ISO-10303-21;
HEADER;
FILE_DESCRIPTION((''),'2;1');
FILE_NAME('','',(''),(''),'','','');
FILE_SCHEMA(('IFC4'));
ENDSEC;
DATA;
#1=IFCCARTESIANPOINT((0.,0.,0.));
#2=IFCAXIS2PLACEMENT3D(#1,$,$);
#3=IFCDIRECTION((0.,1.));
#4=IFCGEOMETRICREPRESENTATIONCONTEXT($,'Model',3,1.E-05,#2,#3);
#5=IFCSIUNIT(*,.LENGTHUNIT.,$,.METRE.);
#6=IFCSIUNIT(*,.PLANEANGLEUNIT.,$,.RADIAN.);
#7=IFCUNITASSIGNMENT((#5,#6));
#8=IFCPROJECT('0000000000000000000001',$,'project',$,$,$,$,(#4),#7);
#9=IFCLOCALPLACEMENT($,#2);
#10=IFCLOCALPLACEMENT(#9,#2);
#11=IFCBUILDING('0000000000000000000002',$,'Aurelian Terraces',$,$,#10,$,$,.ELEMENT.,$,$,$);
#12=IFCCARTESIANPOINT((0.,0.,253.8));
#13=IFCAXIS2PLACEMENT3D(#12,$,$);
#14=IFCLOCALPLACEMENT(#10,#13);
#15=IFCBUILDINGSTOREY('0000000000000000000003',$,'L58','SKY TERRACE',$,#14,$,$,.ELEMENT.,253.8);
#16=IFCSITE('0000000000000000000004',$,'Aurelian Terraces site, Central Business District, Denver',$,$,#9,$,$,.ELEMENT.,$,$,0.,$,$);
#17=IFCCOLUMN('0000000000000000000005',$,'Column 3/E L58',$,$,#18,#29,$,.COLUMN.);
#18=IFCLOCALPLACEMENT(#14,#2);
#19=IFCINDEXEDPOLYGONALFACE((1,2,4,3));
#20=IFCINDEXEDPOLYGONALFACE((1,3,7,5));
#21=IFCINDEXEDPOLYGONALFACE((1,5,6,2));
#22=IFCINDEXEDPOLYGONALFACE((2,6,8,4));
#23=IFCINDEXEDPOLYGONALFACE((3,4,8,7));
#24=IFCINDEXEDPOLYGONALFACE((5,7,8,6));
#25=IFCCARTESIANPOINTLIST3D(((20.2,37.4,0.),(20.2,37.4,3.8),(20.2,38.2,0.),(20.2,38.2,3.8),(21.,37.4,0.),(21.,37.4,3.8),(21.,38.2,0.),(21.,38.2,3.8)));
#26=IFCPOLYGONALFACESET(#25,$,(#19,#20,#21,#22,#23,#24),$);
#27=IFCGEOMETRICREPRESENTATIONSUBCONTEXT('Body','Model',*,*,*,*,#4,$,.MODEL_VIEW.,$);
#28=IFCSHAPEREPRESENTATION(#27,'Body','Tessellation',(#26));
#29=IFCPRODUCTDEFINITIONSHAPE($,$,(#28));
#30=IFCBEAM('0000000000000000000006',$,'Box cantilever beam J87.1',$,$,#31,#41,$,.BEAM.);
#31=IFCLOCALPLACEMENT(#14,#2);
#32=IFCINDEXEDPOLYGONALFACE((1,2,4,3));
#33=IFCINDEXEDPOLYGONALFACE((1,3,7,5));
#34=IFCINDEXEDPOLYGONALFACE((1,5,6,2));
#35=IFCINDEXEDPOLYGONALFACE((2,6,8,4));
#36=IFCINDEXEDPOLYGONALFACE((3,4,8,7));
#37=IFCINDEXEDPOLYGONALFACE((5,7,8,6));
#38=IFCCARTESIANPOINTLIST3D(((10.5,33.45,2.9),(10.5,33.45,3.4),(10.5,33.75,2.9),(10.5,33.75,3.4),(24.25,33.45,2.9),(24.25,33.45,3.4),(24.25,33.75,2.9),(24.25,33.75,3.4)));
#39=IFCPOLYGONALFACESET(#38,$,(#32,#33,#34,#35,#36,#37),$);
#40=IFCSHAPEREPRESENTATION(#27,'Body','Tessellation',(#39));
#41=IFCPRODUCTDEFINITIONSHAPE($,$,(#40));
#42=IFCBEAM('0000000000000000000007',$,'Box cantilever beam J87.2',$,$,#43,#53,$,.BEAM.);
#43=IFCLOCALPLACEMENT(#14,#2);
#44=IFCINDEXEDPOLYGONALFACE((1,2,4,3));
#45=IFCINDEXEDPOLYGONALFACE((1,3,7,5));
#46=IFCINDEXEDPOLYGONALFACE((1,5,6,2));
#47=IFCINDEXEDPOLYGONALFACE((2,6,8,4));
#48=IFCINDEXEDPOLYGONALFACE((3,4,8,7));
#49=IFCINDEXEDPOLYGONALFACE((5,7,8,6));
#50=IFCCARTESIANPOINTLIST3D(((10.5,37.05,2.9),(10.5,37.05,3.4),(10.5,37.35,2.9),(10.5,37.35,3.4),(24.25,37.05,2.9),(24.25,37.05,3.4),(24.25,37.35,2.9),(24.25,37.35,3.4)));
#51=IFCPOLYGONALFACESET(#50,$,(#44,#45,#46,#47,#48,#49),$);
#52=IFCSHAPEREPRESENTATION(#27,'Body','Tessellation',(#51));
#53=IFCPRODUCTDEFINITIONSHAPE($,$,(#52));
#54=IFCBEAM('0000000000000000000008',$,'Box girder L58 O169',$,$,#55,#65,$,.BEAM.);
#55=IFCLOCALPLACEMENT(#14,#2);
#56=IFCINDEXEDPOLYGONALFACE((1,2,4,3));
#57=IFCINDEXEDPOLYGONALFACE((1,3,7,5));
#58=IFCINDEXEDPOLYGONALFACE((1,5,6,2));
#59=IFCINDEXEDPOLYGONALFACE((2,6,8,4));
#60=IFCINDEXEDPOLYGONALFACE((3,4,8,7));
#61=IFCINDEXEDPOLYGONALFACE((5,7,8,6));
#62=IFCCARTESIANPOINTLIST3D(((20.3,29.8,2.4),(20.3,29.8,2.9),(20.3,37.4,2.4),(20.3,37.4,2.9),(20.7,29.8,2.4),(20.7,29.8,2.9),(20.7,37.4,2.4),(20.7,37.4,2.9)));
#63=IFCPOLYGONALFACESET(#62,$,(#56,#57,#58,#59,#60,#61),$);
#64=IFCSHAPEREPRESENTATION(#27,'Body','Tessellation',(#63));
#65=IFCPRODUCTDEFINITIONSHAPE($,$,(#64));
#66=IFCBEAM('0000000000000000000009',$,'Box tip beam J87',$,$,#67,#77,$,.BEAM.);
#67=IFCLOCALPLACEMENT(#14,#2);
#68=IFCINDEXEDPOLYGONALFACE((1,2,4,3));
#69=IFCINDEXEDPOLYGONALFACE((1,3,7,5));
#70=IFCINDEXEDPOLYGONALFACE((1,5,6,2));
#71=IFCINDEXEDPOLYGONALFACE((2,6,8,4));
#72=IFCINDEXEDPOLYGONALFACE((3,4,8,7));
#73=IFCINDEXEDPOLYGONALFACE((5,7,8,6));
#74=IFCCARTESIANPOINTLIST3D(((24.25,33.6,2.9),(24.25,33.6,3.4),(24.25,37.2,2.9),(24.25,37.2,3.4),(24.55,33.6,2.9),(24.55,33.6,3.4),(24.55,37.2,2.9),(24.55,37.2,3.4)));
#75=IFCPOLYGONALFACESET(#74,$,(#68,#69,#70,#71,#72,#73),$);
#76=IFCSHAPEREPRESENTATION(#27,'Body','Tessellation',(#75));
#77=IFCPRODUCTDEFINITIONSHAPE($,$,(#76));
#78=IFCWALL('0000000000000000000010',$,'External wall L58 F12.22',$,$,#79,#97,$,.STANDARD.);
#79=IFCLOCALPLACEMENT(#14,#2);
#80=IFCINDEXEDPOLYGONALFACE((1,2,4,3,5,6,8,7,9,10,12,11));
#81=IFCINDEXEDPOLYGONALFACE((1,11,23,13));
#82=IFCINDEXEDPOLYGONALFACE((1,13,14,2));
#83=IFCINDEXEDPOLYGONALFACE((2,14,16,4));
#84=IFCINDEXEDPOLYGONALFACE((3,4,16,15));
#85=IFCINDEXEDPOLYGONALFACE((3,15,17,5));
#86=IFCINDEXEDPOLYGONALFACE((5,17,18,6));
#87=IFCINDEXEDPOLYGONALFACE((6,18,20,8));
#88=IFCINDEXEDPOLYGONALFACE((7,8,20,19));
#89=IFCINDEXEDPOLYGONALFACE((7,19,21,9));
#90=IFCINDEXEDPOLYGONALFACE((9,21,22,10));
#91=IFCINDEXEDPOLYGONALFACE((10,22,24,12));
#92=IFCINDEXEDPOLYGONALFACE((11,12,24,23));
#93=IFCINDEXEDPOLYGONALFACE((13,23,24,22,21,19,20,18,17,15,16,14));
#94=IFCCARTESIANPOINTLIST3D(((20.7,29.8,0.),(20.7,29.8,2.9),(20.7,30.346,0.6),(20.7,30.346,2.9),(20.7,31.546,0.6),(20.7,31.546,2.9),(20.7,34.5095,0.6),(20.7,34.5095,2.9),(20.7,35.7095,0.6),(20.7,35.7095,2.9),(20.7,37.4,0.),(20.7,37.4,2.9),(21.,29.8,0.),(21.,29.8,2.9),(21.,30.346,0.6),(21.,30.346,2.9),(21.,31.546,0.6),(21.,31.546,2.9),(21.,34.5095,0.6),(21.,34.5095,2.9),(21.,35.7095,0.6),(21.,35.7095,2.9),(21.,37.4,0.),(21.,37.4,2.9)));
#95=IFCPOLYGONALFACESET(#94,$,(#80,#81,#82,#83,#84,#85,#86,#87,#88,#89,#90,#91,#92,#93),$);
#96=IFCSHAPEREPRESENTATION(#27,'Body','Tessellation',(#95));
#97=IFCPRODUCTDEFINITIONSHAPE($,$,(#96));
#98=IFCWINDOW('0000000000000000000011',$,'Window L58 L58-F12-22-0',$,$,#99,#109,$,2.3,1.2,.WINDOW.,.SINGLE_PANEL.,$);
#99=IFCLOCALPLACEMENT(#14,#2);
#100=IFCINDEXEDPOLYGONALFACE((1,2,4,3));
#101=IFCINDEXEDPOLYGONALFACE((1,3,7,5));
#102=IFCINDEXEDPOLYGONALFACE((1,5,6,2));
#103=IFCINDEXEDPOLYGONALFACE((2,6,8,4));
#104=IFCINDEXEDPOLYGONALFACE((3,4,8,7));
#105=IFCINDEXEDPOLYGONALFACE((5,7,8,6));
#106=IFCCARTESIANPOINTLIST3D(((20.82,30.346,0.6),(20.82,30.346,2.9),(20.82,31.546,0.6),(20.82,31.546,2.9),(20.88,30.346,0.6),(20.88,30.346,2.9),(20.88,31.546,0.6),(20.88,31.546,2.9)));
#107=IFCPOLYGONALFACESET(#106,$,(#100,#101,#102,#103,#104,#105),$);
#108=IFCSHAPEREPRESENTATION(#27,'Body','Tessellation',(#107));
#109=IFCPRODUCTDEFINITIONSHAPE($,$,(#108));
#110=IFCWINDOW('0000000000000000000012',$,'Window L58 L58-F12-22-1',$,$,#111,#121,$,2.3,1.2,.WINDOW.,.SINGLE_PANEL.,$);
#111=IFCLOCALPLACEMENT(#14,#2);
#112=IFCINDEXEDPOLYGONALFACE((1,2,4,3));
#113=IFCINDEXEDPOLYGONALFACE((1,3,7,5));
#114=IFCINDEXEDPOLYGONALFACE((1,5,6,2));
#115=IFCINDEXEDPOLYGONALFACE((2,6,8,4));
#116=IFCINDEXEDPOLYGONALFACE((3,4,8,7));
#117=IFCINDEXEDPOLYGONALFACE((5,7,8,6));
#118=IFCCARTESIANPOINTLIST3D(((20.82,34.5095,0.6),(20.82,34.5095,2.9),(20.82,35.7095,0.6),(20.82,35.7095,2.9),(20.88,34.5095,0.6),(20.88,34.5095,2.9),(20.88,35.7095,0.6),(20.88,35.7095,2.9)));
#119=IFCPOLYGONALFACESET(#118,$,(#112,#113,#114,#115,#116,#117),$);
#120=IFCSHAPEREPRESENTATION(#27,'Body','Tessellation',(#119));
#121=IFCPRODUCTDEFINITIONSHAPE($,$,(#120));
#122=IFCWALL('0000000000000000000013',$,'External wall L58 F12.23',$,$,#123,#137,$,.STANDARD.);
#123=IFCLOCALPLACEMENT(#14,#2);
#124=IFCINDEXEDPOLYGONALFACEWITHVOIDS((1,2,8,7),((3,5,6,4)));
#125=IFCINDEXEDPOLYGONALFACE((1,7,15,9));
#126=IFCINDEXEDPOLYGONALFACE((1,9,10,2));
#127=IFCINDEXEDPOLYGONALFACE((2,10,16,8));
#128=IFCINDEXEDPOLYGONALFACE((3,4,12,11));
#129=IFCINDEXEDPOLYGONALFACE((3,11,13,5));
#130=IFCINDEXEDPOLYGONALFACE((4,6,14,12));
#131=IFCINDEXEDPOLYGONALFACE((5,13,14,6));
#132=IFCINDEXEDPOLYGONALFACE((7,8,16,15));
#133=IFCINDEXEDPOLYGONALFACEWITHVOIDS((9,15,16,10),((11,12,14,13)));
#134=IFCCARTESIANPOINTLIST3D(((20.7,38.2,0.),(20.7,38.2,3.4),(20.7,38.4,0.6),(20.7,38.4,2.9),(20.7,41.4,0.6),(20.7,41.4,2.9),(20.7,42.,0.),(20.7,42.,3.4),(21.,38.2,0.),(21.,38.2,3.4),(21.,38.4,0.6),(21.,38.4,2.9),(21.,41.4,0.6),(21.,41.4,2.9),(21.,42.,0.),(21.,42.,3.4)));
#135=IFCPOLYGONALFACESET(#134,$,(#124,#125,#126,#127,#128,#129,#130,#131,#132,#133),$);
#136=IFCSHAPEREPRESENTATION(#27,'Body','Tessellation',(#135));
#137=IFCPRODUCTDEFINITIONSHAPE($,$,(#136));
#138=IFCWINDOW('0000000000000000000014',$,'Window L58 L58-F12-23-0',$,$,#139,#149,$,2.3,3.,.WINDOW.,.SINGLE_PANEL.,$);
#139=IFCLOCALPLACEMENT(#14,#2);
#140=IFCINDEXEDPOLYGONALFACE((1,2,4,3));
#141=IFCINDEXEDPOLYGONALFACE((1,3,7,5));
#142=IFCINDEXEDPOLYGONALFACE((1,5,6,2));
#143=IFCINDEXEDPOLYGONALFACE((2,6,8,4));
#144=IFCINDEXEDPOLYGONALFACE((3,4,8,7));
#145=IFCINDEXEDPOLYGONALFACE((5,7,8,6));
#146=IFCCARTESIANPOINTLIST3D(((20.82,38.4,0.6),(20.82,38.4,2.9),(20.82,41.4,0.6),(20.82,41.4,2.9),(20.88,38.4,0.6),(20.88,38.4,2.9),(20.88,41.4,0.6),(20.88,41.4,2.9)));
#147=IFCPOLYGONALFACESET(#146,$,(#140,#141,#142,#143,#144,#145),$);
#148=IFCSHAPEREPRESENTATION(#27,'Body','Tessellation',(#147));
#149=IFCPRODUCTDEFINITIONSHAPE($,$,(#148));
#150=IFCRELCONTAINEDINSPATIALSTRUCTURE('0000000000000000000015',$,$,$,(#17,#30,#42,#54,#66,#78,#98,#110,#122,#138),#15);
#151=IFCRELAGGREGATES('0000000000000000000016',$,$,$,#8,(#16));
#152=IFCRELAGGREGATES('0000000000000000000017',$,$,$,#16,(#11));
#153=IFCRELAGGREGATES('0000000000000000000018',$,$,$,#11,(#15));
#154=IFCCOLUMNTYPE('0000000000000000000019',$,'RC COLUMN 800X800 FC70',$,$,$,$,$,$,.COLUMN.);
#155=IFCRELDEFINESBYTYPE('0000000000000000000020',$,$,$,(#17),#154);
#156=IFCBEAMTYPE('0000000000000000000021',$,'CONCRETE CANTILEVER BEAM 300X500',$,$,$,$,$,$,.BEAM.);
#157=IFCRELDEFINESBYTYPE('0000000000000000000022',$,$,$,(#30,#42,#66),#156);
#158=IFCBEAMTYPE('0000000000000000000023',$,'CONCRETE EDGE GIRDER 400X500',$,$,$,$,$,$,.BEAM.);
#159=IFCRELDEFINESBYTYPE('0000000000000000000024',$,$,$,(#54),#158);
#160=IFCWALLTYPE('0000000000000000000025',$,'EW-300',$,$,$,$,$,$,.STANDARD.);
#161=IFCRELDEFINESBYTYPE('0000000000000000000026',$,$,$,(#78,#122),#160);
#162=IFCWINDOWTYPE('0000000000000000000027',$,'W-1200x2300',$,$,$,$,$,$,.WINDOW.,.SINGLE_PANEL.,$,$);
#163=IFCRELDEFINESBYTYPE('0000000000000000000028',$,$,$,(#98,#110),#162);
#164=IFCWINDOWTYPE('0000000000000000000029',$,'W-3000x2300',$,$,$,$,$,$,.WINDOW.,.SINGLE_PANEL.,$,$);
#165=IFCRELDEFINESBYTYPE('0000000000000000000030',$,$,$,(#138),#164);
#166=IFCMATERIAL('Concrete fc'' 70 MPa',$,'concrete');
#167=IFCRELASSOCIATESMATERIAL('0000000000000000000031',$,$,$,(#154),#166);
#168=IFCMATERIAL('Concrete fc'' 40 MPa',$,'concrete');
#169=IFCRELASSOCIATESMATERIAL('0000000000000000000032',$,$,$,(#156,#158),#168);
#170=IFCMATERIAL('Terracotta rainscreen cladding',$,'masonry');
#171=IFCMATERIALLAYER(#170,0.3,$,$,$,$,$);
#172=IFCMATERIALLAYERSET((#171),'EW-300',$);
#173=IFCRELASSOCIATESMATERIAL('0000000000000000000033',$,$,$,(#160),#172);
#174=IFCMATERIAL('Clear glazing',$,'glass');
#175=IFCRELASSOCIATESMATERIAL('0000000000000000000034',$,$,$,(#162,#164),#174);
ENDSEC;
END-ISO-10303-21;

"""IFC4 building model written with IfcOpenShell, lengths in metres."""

from ifc_helpers import new_model, si_unit, direction, frame, frame_2d, origin, origin_2d, place, context, subcontext, project, spatial, rectangle, extrude, source, transform, mapped, material, layer, layer_set, material_profile, profile_set, type_object, element, fill, save


model = new_model("IFC4")

# Units and contexts
model_context = context("Model", 3, precision=1e-05, world=origin(), true_north=direction((0.0, 1.0)))
body_context = subcontext(model_context, "Body", "Model", "MODEL_VIEW")
ifc_project = project(units=[si_unit("LENGTHUNIT", "METRE"), si_unit("PLANEANGLEUNIT", "RADIAN")], contexts=[model_context])

# Site, building, storey
site_placement = place(None, origin())
site = spatial("IfcSite", under=ifc_project, at=site_placement, Name="Aurelian Terraces site, Central Business District, Denver", CompositionType="ELEMENT", RefElevation=0.0)
building_placement = place(site_placement, origin())
building = spatial("IfcBuilding", under=site, at=building_placement, Name="Aurelian Terraces", CompositionType="ELEMENT")
storey_placement = place(building_placement, frame((0.0, 0.0, 253.8)))
storey = spatial("IfcBuildingStorey", under=building, at=storey_placement, Name="L58", Description="SKY TERRACE", CompositionType="ELEMENT", Elevation=253.8)

# Column
ifc_material_1 = material(Name="Concrete fc' 70 MPa", Category="concrete")
ifc_material_profile_1 = material_profile(ifc_material_1, rectangle(XDim=0.8, YDim=0.8, at=origin_2d()))
ifc_profile_set_1 = profile_set([ifc_material_profile_1], Name="Concrete fc' 70 MPa")
column_type = type_object("IfcColumnType", Name="RC COLUMN 800X800 FC70", PredefinedType="COLUMN", material=ifc_profile_set_1)
shared_shape_1 = source(origin(), body_context, "Body", "SweptSolid", [
    extrude(rectangle(XDim=0.8, YDim=0.8, at=origin_2d()), origin(), (0.0, 0.0, 1.0), 3.8),
])
column_placement = place(storey_placement, frame((20.6, 37.8, 0.0), z_axis=(0.0, 0.0, 1.0), x_axis=(1.0, 0.0, 0.0)))
element("IfcColumn", 1, at=column_placement, inside=storey, type_object=column_type, Name="Column 3/E L58", PredefinedType="COLUMN", context=body_context, shape_type="MappedRepresentation", body=[
    mapped(shared_shape_1, transform((0.0, 0.0, 0.0), scale=1.0)),
])

# Beams
ifc_material_2 = material(Name="Concrete fc' 40 MPa", Category="concrete")
ifc_material_profile_2 = material_profile(ifc_material_2, rectangle(XDim=0.3, YDim=0.5, at=origin_2d()))
ifc_profile_set_2 = profile_set([ifc_material_profile_2], Name="Concrete fc' 40 MPa")
beam_type_1 = type_object("IfcBeamType", Name="CONCRETE CANTILEVER BEAM 300X500", PredefinedType="BEAM", material=ifc_profile_set_2)
shared_shape_2 = source(origin(), body_context, "Body", "SweptSolid", [
    extrude(rectangle(XDim=0.3, YDim=0.5, at=origin_2d()), origin(), (0.0, 0.0, 1.0), 13.75),
])
for number, where, z_axis, x_axis, name in (
    (2, (24.25, 33.6, 3.15), (-1.0, 0.0, 0.0), (0.0, -1.0, 0.0), "Box cantilever beam J87.1"),
    (3, (24.25, 37.2, 3.15), (-1.0, 0.0, 0.0), (0.0, -1.0, 0.0), "Box cantilever beam J87.2"),
):
    element("IfcBeam", number, at=place(storey_placement, frame(where, z_axis=z_axis, x_axis=x_axis)), inside=storey, type_object=beam_type_1, Name=name, PredefinedType="BEAM", context=body_context, shape_type="MappedRepresentation", body=[
        mapped(shared_shape_2, transform((0.0, 0.0, 0.0), scale=1.0)),
    ])
ifc_material_profile_3 = material_profile(ifc_material_2, rectangle(XDim=0.4, YDim=0.5, at=origin_2d()))
ifc_profile_set_3 = profile_set([ifc_material_profile_3], Name="Concrete fc' 40 MPa")
beam_type_2 = type_object("IfcBeamType", Name="CONCRETE EDGE GIRDER 400X500", PredefinedType="BEAM", material=ifc_profile_set_3)
shared_shape_3 = source(origin(), body_context, "Body", "SweptSolid", [
    extrude(rectangle(XDim=0.4, YDim=0.5, at=origin_2d()), origin(), (0.0, 0.0, 1.0), 7.6),
])
beam_1_placement = place(storey_placement, frame((20.5, 29.8, 2.65), z_axis=(0.0, 1.0, 0.0), x_axis=(-1.0, 0.0, 0.0)))
element("IfcBeam", 4, at=beam_1_placement, inside=storey, type_object=beam_type_2, Name="Box girder L58 O169", PredefinedType="BEAM", context=body_context, shape_type="MappedRepresentation", body=[
    mapped(shared_shape_3, transform((0.0, 0.0, 0.0), scale=1.0)),
])
shared_shape_4 = source(origin(), body_context, "Body", "SweptSolid", [
    extrude(rectangle(XDim=0.3, YDim=0.5, at=origin_2d()), origin(), (0.0, 0.0, 1.0), 3.6),
])
beam_2_placement = place(storey_placement, frame((24.4, 33.6, 3.15), z_axis=(0.0, 1.0, 0.0), x_axis=(-1.0, 0.0, 0.0)))
element("IfcBeam", 5, at=beam_2_placement, inside=storey, type_object=beam_type_1, Name="Box tip beam J87", PredefinedType="BEAM", context=body_context, shape_type="MappedRepresentation", body=[
    mapped(shared_shape_4, transform((0.0, 0.0, 0.0), scale=1.0)),
])

# Wall, openings, windows
ifc_material_3 = material(Name="Terracotta rainscreen cladding", Category="masonry")
ifc_layer_1 = layer(ifc_material_3, 0.3)
ifc_layer_set_1 = layer_set([ifc_layer_1], Name="EW-300")
wall_type_1 = type_object("IfcWallType", Name="EW-300", PredefinedType="STANDARD", material=ifc_layer_set_1)
shared_shape_5 = source(origin(), body_context, "Body", "SweptSolid", [
    extrude(rectangle(XDim=7.6, YDim=0.3, at=frame_2d((3.8, 0.0))), origin(), (0.0, 0.0, 1.0), 2.9),
])
wall_1_placement = place(storey_placement, frame((20.85, 29.8, 0.0), z_axis=(0.0, 0.0, 1.0), x_axis=(0.0, 1.0, 0.0)))
wall_1 = element("IfcWall", 6, at=wall_1_placement, inside=storey, type_object=wall_type_1, Name="External wall L58 F12.22", PredefinedType="STANDARD", context=body_context, shape_type="MappedRepresentation", body=[
    mapped(shared_shape_5, transform((0.0, 0.0, 0.0), scale=1.0)),
])
shared_shape_6 = source(origin(), body_context, "Body", "SweptSolid", [
    extrude(rectangle(XDim=1.2, YDim=2.3, at=frame_2d((0.6, 1.15))), frame((0.0, 0.16, 0.0), z_axis=(0.0, -1.0, 0.0), x_axis=(1.0, 0.0, 0.0)), (0.0, 0.0, 1.0), 0.32),
])
opening_1_placement = place(wall_1_placement, frame((0.546, 0.0, 0.6)))
opening_1 = element("IfcOpeningElement", 7, at=opening_1_placement, cuts=wall_1, PredefinedType="OPENING", context=body_context, shape_type="MappedRepresentation", body=[
    mapped(shared_shape_6, transform((0.0, 0.0, 0.0), scale=1.0)),
])
opening_2_placement = place(wall_1_placement, frame((4.7095, 0.0, 0.6)))
opening_2 = element("IfcOpeningElement", 8, at=opening_2_placement, cuts=wall_1, PredefinedType="OPENING", context=body_context, shape_type="MappedRepresentation", body=[
    mapped(shared_shape_6, transform((0.0, 0.0, 0.0), scale=1.0)),
])
ifc_material_4 = material(Name="Clear glazing", Category="glass")
window_type_1 = type_object("IfcWindowType", Name="W-1200x2300", PartitioningType="SINGLE_PANEL", PredefinedType="WINDOW", material=ifc_material_4)
shared_shape_7 = source(origin(), body_context, "Body", "SweptSolid", [
    extrude(rectangle(XDim=1.2, YDim=2.3, at=frame_2d((0.6, 1.15))), frame((0.0, 0.03, 0.0), z_axis=(0.0, -1.0, 0.0), x_axis=(1.0, 0.0, 0.0)), (0.0, 0.0, 1.0), 0.06),
])
window_1_placement = place(opening_1_placement, origin())
window_1 = element("IfcWindow", 9, at=window_1_placement, inside=storey, type_object=window_type_1, Name="Window L58 L58-F12-22-0", OverallHeight=2.3, OverallWidth=1.2, PartitioningType="SINGLE_PANEL", PredefinedType="WINDOW", context=body_context, shape_type="MappedRepresentation", body=[
    mapped(shared_shape_7, transform((0.0, 0.0, 0.0), scale=1.0)),
])
fill(opening_1, window_1)
window_2_placement = place(opening_2_placement, origin())
window_2 = element("IfcWindow", 10, at=window_2_placement, inside=storey, type_object=window_type_1, Name="Window L58 L58-F12-22-1", OverallHeight=2.3, OverallWidth=1.2, PartitioningType="SINGLE_PANEL", PredefinedType="WINDOW", context=body_context, shape_type="MappedRepresentation", body=[
    mapped(shared_shape_7, transform((0.0, 0.0, 0.0), scale=1.0)),
])
fill(opening_2, window_2)

# Wall, opening, window
shared_shape_8 = source(origin(), body_context, "Body", "SweptSolid", [
    extrude(rectangle(XDim=3.8, YDim=0.3, at=frame_2d((1.9, 0.0))), origin(), (0.0, 0.0, 1.0), 3.4),
])
wall_2_placement = place(storey_placement, frame((20.85, 38.2, 0.0), z_axis=(0.0, 0.0, 1.0), x_axis=(0.0, 1.0, 0.0)))
wall_2 = element("IfcWall", 11, at=wall_2_placement, inside=storey, type_object=wall_type_1, Name="External wall L58 F12.23", PredefinedType="STANDARD", context=body_context, shape_type="MappedRepresentation", body=[
    mapped(shared_shape_8, transform((0.0, 0.0, 0.0), scale=1.0)),
])
shared_shape_9 = source(origin(), body_context, "Body", "SweptSolid", [
    extrude(rectangle(XDim=3.0, YDim=2.3, at=frame_2d((1.5, 1.15))), frame((0.0, 0.16, 0.0), z_axis=(0.0, -1.0, 0.0), x_axis=(1.0, 0.0, 0.0)), (0.0, 0.0, 1.0), 0.32),
])
opening_3_placement = place(wall_2_placement, frame((0.2, 0.0, 0.6)))
opening_3 = element("IfcOpeningElement", 12, at=opening_3_placement, cuts=wall_2, PredefinedType="OPENING", context=body_context, shape_type="MappedRepresentation", body=[
    mapped(shared_shape_9, transform((0.0, 0.0, 0.0), scale=1.0)),
])
window_type_2 = type_object("IfcWindowType", Name="W-3000x2300", PartitioningType="SINGLE_PANEL", PredefinedType="WINDOW", material=ifc_material_4)
shared_shape_10 = source(origin(), body_context, "Body", "SweptSolid", [
    extrude(rectangle(XDim=3.0, YDim=2.3, at=frame_2d((1.5, 1.15))), frame((0.0, 0.03, 0.0), z_axis=(0.0, -1.0, 0.0), x_axis=(1.0, 0.0, 0.0)), (0.0, 0.0, 1.0), 0.06),
])
window_3_placement = place(opening_3_placement, origin())
window_3 = element("IfcWindow", 13, at=window_3_placement, inside=storey, type_object=window_type_2, Name="Window L58 L58-F12-23-0", OverallHeight=2.3, OverallWidth=3.0, PartitioningType="SINGLE_PANEL", PredefinedType="WINDOW", context=body_context, shape_type="MappedRepresentation", body=[
    mapped(shared_shape_10, transform((0.0, 0.0, 0.0), scale=1.0)),
])
fill(opening_3, window_3)

save(model, "model.ifc")
